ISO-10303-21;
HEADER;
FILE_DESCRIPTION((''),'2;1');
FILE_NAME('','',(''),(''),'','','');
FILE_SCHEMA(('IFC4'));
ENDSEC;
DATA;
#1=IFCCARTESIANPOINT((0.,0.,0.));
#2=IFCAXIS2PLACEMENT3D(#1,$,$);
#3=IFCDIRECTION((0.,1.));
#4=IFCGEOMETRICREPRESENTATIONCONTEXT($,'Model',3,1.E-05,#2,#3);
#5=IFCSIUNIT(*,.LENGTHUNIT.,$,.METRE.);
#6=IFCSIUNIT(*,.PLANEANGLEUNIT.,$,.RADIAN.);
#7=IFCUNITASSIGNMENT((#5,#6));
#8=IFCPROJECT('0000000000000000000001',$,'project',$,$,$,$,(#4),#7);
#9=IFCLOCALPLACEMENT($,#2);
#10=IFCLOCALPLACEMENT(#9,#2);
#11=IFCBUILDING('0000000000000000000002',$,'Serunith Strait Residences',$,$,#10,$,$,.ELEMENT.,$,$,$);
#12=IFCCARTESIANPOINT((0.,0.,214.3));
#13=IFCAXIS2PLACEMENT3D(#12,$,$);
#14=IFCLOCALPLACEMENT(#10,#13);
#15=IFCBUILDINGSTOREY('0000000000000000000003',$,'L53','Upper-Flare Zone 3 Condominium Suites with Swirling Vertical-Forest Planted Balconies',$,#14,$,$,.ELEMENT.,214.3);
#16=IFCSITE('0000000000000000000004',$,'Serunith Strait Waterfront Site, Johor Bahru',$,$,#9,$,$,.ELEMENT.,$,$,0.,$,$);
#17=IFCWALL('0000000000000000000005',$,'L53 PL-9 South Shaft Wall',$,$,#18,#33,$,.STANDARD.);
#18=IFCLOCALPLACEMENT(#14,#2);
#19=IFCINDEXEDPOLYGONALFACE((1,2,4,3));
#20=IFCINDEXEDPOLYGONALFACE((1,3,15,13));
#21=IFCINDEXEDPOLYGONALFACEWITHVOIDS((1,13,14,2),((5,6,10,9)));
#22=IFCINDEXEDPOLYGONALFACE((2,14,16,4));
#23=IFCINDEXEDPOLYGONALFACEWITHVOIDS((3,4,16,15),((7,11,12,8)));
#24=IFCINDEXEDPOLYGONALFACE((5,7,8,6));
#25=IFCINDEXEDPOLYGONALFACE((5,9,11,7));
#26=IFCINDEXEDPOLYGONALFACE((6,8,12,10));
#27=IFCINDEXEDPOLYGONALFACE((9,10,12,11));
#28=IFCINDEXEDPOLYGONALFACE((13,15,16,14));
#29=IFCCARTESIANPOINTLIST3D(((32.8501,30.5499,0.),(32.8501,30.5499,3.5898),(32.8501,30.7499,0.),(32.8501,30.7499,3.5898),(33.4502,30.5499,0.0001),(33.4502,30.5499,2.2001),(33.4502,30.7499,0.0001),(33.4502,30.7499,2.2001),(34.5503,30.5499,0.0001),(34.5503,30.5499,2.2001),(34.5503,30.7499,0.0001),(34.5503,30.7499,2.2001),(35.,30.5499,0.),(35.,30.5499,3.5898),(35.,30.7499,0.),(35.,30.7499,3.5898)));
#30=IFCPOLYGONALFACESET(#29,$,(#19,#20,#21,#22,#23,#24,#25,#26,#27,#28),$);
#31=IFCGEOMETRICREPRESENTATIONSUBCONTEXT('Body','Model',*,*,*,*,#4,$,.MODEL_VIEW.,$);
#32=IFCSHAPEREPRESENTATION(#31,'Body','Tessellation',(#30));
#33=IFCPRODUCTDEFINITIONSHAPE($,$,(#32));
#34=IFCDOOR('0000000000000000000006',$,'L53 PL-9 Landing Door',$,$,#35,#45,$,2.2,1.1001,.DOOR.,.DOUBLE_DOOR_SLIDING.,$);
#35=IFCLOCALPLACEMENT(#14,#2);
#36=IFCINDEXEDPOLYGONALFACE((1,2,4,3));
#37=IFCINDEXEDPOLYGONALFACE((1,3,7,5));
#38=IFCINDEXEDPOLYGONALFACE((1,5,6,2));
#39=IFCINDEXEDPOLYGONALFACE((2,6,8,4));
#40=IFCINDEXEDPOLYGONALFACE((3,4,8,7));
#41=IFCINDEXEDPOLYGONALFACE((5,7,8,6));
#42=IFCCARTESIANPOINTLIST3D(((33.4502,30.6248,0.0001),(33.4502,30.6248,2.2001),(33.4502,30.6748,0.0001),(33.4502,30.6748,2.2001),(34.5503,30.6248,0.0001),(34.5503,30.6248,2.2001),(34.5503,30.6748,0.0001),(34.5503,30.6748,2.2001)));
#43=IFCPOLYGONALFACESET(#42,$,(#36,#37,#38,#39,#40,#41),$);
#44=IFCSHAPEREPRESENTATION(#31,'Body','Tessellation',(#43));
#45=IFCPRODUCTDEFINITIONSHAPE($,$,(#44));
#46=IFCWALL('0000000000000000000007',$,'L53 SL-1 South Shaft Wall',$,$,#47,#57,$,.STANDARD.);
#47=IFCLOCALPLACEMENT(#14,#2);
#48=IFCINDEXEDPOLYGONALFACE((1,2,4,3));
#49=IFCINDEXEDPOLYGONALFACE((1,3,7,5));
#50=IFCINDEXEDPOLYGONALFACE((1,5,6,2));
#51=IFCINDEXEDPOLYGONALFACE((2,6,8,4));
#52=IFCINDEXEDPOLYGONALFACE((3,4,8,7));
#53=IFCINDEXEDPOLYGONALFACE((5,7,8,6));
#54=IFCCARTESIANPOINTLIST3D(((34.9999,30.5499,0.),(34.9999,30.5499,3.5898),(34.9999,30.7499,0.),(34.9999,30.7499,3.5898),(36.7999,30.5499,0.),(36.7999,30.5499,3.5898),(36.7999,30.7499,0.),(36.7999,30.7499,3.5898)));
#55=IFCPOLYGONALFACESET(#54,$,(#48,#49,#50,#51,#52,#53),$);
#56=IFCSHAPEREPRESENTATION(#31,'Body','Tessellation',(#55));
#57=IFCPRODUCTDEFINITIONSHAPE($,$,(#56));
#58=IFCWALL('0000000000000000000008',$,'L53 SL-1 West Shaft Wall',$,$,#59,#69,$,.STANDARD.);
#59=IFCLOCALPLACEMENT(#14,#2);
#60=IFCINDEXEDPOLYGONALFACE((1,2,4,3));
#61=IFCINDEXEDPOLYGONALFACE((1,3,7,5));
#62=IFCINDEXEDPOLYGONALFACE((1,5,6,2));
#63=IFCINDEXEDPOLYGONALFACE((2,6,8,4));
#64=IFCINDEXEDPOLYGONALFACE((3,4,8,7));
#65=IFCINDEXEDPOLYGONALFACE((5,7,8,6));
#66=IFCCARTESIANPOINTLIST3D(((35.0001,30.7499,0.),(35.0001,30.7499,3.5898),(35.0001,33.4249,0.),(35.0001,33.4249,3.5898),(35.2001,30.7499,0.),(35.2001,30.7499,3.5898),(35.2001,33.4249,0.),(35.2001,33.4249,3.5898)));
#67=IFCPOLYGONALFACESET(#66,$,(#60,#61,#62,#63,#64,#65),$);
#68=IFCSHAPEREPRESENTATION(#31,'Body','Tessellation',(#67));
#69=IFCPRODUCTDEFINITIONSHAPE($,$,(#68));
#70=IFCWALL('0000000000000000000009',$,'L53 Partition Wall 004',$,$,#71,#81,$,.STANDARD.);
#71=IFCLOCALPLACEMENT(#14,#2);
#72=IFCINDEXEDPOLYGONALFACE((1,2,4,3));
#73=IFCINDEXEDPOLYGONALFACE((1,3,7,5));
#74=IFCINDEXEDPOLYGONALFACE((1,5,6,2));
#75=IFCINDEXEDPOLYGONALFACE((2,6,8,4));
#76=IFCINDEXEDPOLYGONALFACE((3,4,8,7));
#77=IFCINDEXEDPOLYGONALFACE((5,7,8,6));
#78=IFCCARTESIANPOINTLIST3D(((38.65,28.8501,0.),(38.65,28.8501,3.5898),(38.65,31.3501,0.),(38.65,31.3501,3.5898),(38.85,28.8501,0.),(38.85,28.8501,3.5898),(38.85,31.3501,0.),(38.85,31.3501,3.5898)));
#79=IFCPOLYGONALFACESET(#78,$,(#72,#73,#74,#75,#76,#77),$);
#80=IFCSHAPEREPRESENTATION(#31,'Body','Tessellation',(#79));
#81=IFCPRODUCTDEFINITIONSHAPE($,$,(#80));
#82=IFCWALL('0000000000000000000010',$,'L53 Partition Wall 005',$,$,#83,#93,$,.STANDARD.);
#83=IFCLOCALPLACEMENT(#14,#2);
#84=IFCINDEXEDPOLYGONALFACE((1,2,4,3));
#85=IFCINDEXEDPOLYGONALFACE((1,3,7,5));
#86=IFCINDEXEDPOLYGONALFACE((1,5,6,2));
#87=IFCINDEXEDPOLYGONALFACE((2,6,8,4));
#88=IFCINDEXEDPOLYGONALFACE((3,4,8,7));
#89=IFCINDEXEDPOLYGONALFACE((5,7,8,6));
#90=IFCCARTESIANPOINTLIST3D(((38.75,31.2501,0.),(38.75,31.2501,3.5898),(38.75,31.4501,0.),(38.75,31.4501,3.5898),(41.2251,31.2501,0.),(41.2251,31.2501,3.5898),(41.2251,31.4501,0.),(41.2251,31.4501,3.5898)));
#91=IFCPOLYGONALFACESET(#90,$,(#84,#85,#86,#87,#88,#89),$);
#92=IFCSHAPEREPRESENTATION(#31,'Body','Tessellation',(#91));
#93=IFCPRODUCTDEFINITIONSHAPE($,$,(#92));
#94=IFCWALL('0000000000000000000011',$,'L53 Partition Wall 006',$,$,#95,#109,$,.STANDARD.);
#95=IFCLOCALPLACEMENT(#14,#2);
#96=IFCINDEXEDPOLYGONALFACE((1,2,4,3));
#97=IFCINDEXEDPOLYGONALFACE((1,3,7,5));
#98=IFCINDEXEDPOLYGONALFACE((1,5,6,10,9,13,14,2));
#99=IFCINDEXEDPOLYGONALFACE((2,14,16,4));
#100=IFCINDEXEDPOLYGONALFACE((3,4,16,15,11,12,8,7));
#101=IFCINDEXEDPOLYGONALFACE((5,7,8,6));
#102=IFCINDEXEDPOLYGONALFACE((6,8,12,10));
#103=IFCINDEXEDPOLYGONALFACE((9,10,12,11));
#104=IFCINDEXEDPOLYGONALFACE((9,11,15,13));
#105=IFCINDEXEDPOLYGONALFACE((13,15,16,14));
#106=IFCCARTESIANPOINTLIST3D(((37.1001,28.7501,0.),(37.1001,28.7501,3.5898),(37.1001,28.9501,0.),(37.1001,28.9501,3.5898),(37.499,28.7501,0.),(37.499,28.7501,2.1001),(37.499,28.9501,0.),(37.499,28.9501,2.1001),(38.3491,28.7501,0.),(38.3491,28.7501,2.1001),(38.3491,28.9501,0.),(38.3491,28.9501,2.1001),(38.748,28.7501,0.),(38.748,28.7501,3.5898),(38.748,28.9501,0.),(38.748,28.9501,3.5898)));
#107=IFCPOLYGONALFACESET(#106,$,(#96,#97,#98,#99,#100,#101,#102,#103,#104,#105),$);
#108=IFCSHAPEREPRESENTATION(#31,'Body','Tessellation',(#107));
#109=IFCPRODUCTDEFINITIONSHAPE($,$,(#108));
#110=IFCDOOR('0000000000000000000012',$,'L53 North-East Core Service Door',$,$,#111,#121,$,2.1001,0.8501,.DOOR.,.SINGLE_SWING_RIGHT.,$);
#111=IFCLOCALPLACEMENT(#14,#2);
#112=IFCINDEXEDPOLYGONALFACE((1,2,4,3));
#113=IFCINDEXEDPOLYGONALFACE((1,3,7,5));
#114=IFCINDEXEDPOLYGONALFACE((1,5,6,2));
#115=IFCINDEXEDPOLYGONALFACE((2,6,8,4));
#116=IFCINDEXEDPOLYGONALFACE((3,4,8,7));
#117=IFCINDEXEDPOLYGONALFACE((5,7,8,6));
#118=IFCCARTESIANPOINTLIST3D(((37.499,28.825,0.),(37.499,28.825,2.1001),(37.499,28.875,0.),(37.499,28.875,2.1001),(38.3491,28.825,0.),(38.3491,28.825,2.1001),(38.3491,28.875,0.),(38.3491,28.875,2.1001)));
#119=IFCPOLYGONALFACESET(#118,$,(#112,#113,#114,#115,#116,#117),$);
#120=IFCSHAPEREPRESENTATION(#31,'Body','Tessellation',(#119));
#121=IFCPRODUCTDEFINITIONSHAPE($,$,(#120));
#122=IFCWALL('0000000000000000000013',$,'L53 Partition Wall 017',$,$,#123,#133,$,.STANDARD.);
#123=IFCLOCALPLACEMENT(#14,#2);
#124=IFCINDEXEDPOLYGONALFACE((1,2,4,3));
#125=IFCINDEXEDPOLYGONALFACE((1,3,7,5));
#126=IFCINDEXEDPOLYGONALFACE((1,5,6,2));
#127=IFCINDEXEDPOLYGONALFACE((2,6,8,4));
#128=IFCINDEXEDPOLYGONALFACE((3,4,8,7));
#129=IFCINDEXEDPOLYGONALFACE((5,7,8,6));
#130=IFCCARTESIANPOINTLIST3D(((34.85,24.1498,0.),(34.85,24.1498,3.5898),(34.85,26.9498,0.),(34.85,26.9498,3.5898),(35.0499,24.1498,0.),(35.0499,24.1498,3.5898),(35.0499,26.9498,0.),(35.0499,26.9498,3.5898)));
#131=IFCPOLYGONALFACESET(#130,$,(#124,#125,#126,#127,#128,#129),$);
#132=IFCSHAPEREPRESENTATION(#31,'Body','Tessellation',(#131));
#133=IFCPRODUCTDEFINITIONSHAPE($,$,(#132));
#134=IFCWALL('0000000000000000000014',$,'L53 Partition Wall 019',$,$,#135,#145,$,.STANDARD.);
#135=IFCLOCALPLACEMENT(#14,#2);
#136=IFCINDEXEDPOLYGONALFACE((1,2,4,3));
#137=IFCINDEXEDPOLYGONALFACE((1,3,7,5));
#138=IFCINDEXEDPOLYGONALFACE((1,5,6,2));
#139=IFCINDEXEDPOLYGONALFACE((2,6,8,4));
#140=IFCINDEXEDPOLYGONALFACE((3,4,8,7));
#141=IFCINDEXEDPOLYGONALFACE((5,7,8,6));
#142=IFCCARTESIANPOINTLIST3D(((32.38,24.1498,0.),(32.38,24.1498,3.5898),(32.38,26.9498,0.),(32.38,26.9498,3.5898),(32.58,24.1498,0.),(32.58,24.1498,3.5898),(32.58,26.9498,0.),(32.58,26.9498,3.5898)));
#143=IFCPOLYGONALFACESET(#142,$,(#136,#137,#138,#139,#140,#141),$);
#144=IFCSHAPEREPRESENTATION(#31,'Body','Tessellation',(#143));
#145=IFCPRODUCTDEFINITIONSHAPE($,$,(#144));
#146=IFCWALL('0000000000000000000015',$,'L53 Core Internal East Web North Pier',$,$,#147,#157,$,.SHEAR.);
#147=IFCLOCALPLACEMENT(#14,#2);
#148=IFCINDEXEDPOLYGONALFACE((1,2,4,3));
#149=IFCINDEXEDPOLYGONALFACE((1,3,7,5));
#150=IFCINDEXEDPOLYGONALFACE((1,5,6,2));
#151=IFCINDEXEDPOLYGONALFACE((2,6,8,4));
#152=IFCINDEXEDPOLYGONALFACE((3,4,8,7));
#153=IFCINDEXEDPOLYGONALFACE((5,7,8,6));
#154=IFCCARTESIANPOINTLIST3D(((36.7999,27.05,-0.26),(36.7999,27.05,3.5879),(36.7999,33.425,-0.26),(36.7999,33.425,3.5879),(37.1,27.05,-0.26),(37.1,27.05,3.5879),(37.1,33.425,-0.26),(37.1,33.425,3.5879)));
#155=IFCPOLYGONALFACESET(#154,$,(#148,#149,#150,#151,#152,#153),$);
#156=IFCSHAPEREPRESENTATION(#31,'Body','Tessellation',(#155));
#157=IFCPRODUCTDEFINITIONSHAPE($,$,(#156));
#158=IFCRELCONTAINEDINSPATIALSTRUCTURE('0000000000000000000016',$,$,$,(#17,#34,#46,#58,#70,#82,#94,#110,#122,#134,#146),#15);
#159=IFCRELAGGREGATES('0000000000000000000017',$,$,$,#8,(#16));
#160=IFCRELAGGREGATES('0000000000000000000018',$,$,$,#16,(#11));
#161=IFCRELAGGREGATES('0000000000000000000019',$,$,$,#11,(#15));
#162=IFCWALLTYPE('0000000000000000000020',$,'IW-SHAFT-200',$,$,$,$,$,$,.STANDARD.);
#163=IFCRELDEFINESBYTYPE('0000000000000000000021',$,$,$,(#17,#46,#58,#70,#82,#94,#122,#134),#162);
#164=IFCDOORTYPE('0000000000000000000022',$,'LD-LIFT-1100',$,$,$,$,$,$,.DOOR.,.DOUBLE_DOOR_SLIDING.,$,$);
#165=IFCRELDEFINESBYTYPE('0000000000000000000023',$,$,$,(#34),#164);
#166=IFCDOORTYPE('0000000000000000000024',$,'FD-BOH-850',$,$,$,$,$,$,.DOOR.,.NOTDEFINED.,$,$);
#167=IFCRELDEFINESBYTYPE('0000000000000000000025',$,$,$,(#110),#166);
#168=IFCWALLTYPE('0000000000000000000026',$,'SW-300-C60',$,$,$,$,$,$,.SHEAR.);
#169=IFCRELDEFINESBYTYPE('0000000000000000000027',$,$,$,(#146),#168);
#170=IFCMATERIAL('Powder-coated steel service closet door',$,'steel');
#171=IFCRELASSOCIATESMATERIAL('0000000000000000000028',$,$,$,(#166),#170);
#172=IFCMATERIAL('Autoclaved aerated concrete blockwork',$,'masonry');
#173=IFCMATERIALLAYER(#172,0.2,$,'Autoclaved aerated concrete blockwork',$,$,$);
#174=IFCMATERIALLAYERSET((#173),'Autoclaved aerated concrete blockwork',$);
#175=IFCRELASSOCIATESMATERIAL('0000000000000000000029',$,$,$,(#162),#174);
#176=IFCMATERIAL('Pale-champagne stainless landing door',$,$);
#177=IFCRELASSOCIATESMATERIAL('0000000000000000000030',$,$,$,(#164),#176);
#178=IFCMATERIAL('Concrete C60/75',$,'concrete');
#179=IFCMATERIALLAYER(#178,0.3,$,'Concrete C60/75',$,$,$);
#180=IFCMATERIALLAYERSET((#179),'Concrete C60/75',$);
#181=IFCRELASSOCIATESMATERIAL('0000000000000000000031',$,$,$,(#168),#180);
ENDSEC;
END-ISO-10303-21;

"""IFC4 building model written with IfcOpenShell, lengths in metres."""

from ifc_helpers import new_model, si_unit, direction, frame, frame_2d, origin, place, context, subcontext, project, spatial, rectangle, extrude, source, transform, mapped, material, layer, layer_set, type_object, element, fill, save


model = new_model("IFC4")

# Units and contexts
model_context = context("Model", 3, precision=1e-05, world=origin(), true_north=direction((0.0, 1.0)))
body_context = subcontext(model_context, "Body", "Model", "MODEL_VIEW")
ifc_project = project(units=[si_unit("LENGTHUNIT", "METRE"), si_unit("PLANEANGLEUNIT", "RADIAN")], contexts=[model_context])

# Site, building, storey
site_placement = place(None, origin())
site = spatial("IfcSite", under=ifc_project, at=site_placement, Name="Serunith Strait Waterfront Site, Johor Bahru", CompositionType="ELEMENT", RefElevation=0.0)
building_placement = place(site_placement, origin())
building = spatial("IfcBuilding", under=site, at=building_placement, Name="Serunith Strait Residences", CompositionType="ELEMENT")
storey_placement = place(building_placement, frame((0.0, 0.0, 214.3)))
storey = spatial("IfcBuildingStorey", under=building, at=storey_placement, Name="L53", Description="Upper-Flare Zone 3 Condominium Suites with Swirling Vertical-Forest Planted Balconies", CompositionType="ELEMENT", Elevation=214.3)

# Shared definitions
ifc_material_1 = material(Name="Powder-coated steel service closet door", Category="steel")
door_type_1 = type_object("IfcDoorType", Name="FD-BOH-850", OperationType="NOTDEFINED", PredefinedType="DOOR", material=ifc_material_1)
shared_shape_1 = source(origin(), body_context, "Body", "SweptSolid", [
    extrude(rectangle(XDim=0.8501, YDim=2.1001, at=frame_2d((0.425, 1.05))), frame((0.0, 0.0249, 0.0), z_axis=(0.0, -1.0, 0.0), x_axis=(1.0, 0.0, 0.0)), (0.0, 0.0, 1.0), 0.05),
])

# Wall, opening, door
ifc_material_2 = material(Name="Autoclaved aerated concrete blockwork", Category="masonry")
ifc_layer_1 = layer(ifc_material_2, 0.2, Name="Autoclaved aerated concrete blockwork")
ifc_layer_set_1 = layer_set([ifc_layer_1], Name="Autoclaved aerated concrete blockwork")
wall_type_1 = type_object("IfcWallType", Name="IW-SHAFT-200", PredefinedType="STANDARD", material=ifc_layer_set_1)
ifc_material_3 = material(Name="Pale-champagne stainless landing door")
door_type_2 = type_object("IfcDoorType", Name="LD-LIFT-1100", OperationType="DOUBLE_DOOR_SLIDING", PredefinedType="DOOR", material=ifc_material_3)
shared_shape_2 = source(origin(), body_context, "Body", "SweptSolid", [
    extrude(rectangle(XDim=1.1001, YDim=2.2, at=frame_2d((0.55, 1.1001))), frame((0.0, 0.0249, 0.0), z_axis=(0.0, -1.0, 0.0), x_axis=(1.0, 0.0, 0.0)), (0.0, 0.0, 1.0), 0.05),
])
wall_1_placement = place(storey_placement, frame((32.8501, 30.6499, 0.0), z_axis=(0.0, 0.0, 1.0), x_axis=(1.0, 0.0, 0.0)))
wall_1 = element("IfcWall", 1, at=wall_1_placement, inside=storey, type_object=wall_type_1, Name="L53 PL-9 South Shaft Wall", PredefinedType="STANDARD", context=body_context, shape_type="SweptSolid", body=[
    extrude(rectangle(XDim=2.1499, YDim=0.2, at=frame_2d((1.075, 0.0))), origin(), (0.0, 0.0, 1.0), 3.5898),
])
opening_1_placement = place(wall_1_placement, frame((0.6001, 0.0, 0.0)))
opening_1 = element("IfcOpeningElement", 2, at=opening_1_placement, cuts=wall_1, PredefinedType="OPENING", context=body_context, shape_type="SweptSolid", body=[
    extrude(rectangle(XDim=1.1001, YDim=2.2, at=frame_2d((0.55, 1.1001))), frame((0.0, 0.1099, 0.0), z_axis=(0.0, -1.0, 0.0), x_axis=(1.0, 0.0, 0.0)), (0.0, 0.0, 1.0), 0.22),
])
door_1_placement = place(opening_1_placement, origin())
door_1 = element("IfcDoor", 3, at=door_1_placement, inside=storey, type_object=door_type_2, Name="L53 PL-9 Landing Door", OperationType="DOUBLE_DOOR_SLIDING", OverallHeight=2.2, OverallWidth=1.1001, PredefinedType="DOOR", context=body_context, shape_type="MappedRepresentation", body=[
    mapped(shared_shape_2, transform((0.0, 0.0, 0.0), scale=1.0)),
])
fill(opening_1, door_1)

# Walls
wall_2_placement = place(storey_placement, frame((35.0, 30.6499, 0.0), z_axis=(0.0, 0.0, 1.0), x_axis=(1.0, 0.0, 0.0)))
element("IfcWall", 4, at=wall_2_placement, inside=storey, type_object=wall_type_1, Name="L53 SL-1 South Shaft Wall", PredefinedType="STANDARD", context=body_context, shape_type="SweptSolid", body=[
    extrude(rectangle(XDim=1.8, YDim=0.2, at=frame_2d((0.8999, 0.0))), origin(), (0.0, 0.0, 1.0), 3.5898),
])
wall_3_placement = place(storey_placement, frame((35.1001, 30.75, 0.0), z_axis=(0.0, 0.0, 1.0), x_axis=(0.0, 1.0, 0.0)))
element("IfcWall", 5, at=wall_3_placement, inside=storey, type_object=wall_type_1, Name="L53 SL-1 West Shaft Wall", PredefinedType="STANDARD", context=body_context, shape_type="SweptSolid", body=[
    extrude(rectangle(XDim=2.675, YDim=0.2, at=frame_2d((1.3374, 0.0))), origin(), (0.0, 0.0, 1.0), 3.5898),
])
wall_4_placement = place(storey_placement, frame((38.75, 28.8501, 0.0), z_axis=(0.0, 0.0, 1.0), x_axis=(0.0, 1.0, 0.0)))
element("IfcWall", 6, at=wall_4_placement, inside=storey, type_object=wall_type_1, Name="L53 Partition Wall 004", PredefinedType="STANDARD", context=body_context, shape_type="SweptSolid", body=[
    extrude(rectangle(XDim=2.5, YDim=0.2, at=frame_2d((1.25, 0.0))), origin(), (0.0, 0.0, 1.0), 3.5898),
])
wall_5_placement = place(storey_placement, frame((38.75, 31.3501, 0.0), z_axis=(0.0, 0.0, 1.0), x_axis=(1.0, 0.0, 0.0)))
element("IfcWall", 7, at=wall_5_placement, inside=storey, type_object=wall_type_1, Name="L53 Partition Wall 005", PredefinedType="STANDARD", context=body_context, shape_type="SweptSolid", body=[
    extrude(rectangle(XDim=2.4751, YDim=0.2, at=frame_2d((1.2375, 0.0))), origin(), (0.0, 0.0, 1.0), 3.5898),
])

# Wall, opening, door
wall_6_placement = place(storey_placement, frame((37.1001, 28.8501, 0.0), z_axis=(0.0, 0.0, 1.0), x_axis=(1.0, 0.0, 0.0)))
wall_6 = element("IfcWall", 8, at=wall_6_placement, inside=storey, type_object=wall_type_1, Name="L53 Partition Wall 006", PredefinedType="STANDARD", context=body_context, shape_type="SweptSolid", body=[
    extrude(rectangle(XDim=1.6479, YDim=0.2, at=frame_2d((0.824, 0.0))), origin(), (0.0, 0.0, 1.0), 3.5898),
])
opening_2_placement = place(wall_6_placement, frame((0.3989, 0.0, 0.0)))
opening_2 = element("IfcOpeningElement", 9, at=opening_2_placement, cuts=wall_6, PredefinedType="OPENING", context=body_context, shape_type="SweptSolid", body=[
    extrude(rectangle(XDim=0.8501, YDim=2.1001, at=frame_2d((0.425, 1.05))), frame((0.0, 0.1099, 0.0), z_axis=(0.0, -1.0, 0.0), x_axis=(1.0, 0.0, 0.0)), (0.0, 0.0, 1.0), 0.22),
])
door_2_placement = place(opening_2_placement, origin())
door_2 = element("IfcDoor", 10, at=door_2_placement, inside=storey, type_object=door_type_1, Name="L53 North-East Core Service Door", OperationType="SINGLE_SWING_RIGHT", OverallHeight=2.1001, OverallWidth=0.8501, PredefinedType="DOOR", context=body_context, shape_type="MappedRepresentation", body=[
    mapped(shared_shape_1, transform((0.0, 0.0, 0.0), scale=1.0)),
])
fill(opening_2, door_2)

# Walls
for number, where, z_axis, x_axis, name in (
    (11, (34.95, 24.1499, 0.0), (0.0, 0.0, 1.0), (0.0, 1.0, 0.0), "L53 Partition Wall 017"),
    (12, (32.48, 24.1499, 0.0), (0.0, 0.0, 1.0), (0.0, 1.0, 0.0), "L53 Partition Wall 019"),
):
    element("IfcWall", number, at=place(storey_placement, frame(where, z_axis=z_axis, x_axis=x_axis)), inside=storey, type_object=wall_type_1, Name=name, PredefinedType="STANDARD", context=body_context, shape_type="SweptSolid", body=[
        extrude(rectangle(XDim=2.8, YDim=0.2, at=frame_2d((1.3999, 0.0))), origin(), (0.0, 0.0, 1.0), 3.5898),
    ])
ifc_material_4 = material(Name="Concrete C60/75", Category="concrete")
ifc_layer_2 = layer(ifc_material_4, 0.3, Name="Concrete C60/75")
ifc_layer_set_2 = layer_set([ifc_layer_2], Name="Concrete C60/75")
wall_type_2 = type_object("IfcWallType", Name="SW-300-C60", PredefinedType="SHEAR", material=ifc_layer_set_2)
wall_7_placement = place(storey_placement, frame((36.95, 27.05, -0.26), z_axis=(0.0, 0.0, 1.0), x_axis=(0.0, 1.0, 0.0)))
element("IfcWall", 13, at=wall_7_placement, inside=storey, type_object=wall_type_2, Name="L53 Core Internal East Web North Pier", PredefinedType="SHEAR", context=body_context, shape_type="SweptSolid", body=[
    extrude(rectangle(XDim=6.375, YDim=0.3, at=frame_2d((3.1875, 0.0))), origin(), (0.0, 0.0, 1.0), 3.8479),
])

save(model, "model.ifc")
